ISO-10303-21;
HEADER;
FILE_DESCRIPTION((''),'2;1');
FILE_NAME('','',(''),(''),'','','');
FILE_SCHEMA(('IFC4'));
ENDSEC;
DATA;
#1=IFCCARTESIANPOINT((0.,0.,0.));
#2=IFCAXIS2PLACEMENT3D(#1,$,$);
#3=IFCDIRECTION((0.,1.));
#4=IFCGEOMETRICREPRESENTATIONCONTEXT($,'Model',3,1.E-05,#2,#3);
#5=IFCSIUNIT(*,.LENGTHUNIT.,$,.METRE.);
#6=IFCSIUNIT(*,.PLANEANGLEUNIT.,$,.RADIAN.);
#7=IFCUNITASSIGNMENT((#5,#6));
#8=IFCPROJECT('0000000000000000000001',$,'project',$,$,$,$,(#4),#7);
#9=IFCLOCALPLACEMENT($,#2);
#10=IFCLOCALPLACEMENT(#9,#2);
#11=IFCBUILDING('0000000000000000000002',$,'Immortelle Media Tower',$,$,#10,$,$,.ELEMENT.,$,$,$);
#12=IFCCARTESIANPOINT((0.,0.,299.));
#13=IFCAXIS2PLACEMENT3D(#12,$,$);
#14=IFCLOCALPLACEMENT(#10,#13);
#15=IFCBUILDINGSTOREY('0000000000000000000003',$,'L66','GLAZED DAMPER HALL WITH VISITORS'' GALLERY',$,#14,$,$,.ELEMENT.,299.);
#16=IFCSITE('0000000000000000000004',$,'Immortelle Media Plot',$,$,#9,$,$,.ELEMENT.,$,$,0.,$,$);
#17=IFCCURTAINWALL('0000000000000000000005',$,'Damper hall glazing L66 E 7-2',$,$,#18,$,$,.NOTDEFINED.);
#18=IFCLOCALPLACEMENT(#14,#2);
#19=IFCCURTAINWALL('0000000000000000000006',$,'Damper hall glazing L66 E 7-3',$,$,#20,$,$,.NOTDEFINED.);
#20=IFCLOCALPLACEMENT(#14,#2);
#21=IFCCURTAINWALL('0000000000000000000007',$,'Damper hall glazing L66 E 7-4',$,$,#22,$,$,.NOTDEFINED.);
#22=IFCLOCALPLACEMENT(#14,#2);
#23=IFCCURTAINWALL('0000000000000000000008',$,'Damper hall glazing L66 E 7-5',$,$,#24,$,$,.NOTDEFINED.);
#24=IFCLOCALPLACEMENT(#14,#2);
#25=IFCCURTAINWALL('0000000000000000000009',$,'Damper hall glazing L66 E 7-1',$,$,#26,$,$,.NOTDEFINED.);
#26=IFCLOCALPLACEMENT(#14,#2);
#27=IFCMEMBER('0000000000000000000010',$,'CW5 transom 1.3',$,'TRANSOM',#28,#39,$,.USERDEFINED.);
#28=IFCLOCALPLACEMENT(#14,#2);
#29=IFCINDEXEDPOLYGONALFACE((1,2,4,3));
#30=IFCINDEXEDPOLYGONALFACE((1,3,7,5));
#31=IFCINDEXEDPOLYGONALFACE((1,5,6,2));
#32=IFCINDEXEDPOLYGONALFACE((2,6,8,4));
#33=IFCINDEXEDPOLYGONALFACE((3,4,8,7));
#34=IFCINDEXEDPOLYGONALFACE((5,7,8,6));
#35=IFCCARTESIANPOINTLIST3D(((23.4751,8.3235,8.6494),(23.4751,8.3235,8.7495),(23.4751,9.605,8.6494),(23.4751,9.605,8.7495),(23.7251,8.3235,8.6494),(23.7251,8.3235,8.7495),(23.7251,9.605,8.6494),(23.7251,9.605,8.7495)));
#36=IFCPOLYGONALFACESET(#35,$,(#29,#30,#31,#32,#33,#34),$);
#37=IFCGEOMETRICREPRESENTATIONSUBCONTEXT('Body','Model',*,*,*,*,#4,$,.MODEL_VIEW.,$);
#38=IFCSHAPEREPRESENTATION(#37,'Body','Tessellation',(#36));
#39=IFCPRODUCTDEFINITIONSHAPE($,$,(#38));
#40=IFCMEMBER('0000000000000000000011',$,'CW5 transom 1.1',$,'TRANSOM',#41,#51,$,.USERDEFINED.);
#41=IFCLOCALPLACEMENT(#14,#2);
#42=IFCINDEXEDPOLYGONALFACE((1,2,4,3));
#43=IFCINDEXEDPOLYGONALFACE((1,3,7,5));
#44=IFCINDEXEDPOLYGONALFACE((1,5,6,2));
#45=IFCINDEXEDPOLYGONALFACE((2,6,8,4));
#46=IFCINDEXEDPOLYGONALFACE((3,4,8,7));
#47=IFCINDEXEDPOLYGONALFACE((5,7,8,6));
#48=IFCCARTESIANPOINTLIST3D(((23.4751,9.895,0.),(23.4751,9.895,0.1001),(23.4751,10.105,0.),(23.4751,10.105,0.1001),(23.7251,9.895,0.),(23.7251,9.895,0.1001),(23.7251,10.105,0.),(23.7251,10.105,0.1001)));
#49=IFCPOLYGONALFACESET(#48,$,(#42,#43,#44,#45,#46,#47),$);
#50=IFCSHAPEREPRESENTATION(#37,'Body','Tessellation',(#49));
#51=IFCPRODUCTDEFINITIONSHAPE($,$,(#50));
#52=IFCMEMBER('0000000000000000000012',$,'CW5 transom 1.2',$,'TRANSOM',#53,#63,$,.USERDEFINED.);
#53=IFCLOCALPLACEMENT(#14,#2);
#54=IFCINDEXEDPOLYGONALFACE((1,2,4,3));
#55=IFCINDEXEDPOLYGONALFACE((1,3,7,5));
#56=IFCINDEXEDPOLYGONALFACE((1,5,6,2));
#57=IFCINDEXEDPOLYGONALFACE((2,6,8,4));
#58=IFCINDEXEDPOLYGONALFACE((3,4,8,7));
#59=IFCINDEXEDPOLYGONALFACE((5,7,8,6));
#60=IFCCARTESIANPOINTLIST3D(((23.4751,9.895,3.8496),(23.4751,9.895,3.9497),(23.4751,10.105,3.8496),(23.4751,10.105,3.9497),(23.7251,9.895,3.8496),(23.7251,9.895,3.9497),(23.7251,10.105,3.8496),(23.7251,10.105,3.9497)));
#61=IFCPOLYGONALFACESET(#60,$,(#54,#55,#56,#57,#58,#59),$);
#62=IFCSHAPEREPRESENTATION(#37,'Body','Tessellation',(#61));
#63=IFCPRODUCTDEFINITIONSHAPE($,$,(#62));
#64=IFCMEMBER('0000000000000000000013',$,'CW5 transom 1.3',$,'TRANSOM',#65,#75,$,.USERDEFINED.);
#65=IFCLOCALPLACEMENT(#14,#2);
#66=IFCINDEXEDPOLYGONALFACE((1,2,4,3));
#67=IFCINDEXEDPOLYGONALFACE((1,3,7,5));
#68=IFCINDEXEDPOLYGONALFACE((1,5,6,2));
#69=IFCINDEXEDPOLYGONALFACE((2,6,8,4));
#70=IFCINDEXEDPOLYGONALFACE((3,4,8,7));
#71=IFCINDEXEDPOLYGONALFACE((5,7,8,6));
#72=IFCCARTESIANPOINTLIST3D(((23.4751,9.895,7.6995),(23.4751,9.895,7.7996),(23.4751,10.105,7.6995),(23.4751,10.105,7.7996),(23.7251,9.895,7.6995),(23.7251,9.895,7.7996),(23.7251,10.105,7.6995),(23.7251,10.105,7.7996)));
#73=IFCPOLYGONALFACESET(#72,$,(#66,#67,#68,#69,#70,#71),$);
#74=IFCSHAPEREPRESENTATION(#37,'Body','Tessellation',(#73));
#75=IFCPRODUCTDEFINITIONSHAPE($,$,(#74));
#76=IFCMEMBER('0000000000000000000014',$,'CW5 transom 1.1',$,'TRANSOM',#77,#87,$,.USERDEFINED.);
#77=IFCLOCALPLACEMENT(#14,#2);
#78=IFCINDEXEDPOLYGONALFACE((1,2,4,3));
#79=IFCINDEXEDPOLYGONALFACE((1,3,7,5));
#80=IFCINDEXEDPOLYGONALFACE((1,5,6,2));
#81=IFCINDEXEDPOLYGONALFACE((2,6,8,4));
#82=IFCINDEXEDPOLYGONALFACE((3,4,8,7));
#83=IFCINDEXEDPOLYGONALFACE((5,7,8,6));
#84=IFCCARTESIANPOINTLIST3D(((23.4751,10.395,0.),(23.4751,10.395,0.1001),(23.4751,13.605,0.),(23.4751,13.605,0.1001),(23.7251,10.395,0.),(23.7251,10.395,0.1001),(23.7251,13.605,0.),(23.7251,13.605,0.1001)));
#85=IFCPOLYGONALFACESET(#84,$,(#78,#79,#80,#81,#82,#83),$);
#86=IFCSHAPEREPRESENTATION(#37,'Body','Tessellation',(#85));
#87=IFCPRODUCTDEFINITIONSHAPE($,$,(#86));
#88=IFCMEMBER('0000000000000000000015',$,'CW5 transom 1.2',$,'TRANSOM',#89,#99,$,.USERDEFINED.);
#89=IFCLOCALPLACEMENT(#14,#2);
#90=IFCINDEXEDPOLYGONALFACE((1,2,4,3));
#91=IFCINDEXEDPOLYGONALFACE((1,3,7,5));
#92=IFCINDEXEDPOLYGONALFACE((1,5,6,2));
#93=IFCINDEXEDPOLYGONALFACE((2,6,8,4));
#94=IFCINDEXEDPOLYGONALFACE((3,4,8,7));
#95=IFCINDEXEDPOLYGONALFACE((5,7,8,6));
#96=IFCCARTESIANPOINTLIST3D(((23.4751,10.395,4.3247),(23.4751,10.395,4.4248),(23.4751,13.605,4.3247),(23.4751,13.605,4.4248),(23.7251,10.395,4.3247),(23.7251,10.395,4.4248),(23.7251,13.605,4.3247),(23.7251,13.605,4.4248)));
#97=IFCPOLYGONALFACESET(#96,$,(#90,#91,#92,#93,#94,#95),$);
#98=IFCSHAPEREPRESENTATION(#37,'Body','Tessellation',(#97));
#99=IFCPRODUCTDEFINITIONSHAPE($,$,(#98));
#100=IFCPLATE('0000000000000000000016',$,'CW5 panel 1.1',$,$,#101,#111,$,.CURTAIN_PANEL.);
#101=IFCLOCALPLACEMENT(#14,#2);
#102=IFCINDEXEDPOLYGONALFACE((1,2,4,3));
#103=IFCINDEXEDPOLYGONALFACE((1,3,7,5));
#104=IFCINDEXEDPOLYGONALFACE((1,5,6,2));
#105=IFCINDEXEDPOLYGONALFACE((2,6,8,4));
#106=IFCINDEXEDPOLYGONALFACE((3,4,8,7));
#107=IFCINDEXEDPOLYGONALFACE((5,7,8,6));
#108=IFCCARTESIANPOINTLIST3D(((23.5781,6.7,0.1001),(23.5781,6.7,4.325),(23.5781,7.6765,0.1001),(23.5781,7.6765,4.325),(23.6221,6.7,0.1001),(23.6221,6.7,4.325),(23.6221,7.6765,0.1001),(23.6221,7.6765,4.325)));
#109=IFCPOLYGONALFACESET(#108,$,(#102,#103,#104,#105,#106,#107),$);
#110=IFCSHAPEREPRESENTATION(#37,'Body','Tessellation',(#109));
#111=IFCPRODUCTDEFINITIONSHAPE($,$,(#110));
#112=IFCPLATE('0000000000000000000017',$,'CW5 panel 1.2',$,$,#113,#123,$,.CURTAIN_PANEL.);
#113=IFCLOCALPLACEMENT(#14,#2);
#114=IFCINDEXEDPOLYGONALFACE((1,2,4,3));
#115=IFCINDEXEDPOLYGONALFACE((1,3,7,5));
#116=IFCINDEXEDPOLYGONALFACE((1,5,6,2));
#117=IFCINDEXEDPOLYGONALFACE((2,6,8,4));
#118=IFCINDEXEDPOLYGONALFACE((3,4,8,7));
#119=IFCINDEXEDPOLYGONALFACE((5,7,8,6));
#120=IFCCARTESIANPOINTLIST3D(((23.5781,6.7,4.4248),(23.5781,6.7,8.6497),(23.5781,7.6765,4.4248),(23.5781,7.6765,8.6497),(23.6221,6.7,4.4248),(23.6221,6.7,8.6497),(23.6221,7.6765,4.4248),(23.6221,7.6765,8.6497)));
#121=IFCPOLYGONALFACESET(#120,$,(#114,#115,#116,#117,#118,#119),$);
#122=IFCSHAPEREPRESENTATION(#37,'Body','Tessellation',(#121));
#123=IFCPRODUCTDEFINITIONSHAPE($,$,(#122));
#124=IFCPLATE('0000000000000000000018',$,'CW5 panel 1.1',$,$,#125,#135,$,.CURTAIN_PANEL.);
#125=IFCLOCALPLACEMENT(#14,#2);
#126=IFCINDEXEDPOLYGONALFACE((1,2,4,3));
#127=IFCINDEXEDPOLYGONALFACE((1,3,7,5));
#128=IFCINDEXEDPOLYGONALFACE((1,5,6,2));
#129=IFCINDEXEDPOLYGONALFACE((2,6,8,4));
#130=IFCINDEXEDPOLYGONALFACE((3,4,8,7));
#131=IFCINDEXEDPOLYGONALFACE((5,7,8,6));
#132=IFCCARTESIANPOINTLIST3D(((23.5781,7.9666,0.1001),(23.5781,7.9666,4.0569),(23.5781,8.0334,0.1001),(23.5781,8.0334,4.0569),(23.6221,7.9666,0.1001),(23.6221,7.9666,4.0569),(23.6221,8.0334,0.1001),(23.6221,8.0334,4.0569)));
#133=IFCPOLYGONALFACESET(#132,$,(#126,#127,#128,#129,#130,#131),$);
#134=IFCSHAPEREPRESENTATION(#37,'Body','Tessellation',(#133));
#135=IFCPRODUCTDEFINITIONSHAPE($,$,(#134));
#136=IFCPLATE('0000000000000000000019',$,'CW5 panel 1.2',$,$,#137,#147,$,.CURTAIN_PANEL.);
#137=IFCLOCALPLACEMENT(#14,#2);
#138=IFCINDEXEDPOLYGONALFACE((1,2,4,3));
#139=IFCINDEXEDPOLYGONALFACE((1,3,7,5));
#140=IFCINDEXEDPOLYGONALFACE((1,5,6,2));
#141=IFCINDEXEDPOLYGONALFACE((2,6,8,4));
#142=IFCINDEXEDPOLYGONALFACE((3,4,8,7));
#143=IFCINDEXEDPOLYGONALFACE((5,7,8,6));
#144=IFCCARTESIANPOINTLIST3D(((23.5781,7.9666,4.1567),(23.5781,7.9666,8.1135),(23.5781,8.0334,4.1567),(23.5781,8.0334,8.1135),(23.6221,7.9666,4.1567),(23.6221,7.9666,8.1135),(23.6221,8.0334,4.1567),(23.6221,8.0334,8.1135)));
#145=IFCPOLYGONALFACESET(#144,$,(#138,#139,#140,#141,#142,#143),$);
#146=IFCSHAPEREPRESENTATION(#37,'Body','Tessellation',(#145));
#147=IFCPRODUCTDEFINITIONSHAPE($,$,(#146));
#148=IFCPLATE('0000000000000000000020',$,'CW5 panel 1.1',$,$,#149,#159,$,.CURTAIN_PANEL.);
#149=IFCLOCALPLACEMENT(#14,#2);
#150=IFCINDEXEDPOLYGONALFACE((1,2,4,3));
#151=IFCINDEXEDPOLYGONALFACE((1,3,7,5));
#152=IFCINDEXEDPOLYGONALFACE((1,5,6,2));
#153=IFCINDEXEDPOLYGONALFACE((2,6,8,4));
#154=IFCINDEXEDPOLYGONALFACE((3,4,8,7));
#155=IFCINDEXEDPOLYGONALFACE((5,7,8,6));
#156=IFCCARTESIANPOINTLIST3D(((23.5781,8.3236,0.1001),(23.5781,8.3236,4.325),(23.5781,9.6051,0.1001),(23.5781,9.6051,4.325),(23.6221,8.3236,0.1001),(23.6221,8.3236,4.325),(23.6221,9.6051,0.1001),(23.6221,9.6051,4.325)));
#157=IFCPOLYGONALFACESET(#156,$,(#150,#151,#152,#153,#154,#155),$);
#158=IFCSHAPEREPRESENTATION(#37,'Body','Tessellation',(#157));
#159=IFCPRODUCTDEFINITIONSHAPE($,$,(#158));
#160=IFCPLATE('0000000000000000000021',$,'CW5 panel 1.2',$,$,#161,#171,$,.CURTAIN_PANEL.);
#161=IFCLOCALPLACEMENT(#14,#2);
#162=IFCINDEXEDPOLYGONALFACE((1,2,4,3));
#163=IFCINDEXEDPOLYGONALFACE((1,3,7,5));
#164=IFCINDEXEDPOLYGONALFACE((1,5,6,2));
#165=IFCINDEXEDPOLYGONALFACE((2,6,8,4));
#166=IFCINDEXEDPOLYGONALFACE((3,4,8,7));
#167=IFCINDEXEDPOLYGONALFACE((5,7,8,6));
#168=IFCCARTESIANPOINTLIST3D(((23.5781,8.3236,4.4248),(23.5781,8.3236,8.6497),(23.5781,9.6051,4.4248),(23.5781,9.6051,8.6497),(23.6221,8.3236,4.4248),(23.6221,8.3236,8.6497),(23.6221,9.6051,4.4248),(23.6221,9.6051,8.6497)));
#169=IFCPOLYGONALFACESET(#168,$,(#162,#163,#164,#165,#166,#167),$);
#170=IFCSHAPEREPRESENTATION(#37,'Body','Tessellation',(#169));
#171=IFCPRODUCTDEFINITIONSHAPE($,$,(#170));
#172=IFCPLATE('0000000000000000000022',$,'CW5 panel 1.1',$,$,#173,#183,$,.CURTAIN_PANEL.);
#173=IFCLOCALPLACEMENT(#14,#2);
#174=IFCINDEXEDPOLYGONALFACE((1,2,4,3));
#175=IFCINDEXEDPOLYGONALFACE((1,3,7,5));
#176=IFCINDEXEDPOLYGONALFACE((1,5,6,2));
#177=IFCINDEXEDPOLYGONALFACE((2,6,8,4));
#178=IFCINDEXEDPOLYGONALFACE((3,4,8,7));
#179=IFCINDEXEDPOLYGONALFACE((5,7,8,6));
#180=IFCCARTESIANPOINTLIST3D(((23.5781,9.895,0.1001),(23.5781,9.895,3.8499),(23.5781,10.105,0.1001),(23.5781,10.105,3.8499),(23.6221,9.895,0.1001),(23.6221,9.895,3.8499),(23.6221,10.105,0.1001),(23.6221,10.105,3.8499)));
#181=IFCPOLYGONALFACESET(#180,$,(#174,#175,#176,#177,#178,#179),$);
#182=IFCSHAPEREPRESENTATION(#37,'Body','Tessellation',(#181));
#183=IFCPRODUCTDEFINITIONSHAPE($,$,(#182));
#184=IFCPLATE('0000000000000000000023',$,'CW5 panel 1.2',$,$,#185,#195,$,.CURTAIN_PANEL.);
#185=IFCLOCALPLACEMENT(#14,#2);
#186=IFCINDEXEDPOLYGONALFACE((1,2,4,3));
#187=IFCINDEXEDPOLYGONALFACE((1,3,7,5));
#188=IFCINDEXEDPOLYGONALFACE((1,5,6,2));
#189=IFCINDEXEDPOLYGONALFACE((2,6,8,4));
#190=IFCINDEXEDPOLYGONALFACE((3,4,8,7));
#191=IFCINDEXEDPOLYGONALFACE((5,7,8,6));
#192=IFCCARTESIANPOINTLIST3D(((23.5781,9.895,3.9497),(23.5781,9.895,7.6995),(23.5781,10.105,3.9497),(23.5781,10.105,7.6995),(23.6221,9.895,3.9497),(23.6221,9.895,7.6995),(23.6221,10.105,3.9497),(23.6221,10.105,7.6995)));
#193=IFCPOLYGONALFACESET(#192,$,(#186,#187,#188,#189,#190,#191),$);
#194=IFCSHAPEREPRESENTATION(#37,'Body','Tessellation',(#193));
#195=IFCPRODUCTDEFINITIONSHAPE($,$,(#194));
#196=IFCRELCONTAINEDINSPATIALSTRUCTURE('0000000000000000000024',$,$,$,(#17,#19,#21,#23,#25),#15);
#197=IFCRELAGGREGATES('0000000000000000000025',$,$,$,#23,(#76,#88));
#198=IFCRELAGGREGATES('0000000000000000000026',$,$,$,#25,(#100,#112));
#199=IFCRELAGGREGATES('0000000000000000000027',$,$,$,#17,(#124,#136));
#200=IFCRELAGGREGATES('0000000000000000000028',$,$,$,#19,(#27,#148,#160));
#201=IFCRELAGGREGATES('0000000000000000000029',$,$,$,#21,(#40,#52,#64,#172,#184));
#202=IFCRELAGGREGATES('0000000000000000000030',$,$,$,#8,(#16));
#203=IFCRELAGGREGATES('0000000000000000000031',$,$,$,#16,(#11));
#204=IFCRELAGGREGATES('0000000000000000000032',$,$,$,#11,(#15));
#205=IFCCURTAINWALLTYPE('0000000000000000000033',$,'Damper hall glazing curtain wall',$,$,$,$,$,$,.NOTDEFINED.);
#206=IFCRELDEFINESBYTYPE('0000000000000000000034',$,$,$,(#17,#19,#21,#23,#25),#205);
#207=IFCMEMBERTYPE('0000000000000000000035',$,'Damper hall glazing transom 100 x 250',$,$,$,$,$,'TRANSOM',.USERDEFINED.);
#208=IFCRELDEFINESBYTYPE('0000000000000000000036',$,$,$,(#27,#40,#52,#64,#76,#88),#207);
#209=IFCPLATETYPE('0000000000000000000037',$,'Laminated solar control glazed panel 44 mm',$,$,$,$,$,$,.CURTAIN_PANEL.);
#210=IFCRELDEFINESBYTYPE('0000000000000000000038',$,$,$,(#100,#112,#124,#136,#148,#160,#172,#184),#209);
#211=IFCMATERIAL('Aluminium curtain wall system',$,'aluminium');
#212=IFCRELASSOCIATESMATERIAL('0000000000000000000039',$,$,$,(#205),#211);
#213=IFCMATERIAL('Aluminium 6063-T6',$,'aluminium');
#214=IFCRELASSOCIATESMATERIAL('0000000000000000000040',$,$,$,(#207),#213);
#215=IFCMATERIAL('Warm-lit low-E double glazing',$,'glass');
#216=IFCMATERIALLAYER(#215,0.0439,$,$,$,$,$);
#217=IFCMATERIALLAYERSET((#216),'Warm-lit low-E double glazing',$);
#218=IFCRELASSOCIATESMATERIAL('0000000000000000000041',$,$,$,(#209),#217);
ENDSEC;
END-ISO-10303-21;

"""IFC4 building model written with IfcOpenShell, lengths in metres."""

from ifc_helpers import new_model, si_unit, direction, frame, origin, origin_2d, place, context, subcontext, project, spatial, rectangle, extrude, material, layer, layer_set, material_profile, profile_set, type_object, element, aggregate, save


model = new_model("IFC4")

# Units and contexts
model_context = context("Model", 3, precision=1e-05, world=origin(), true_north=direction((0.0, 1.0)))
body_context = subcontext(model_context, "Body", "Model", "MODEL_VIEW")
ifc_project = project(units=[si_unit("LENGTHUNIT", "METRE"), si_unit("PLANEANGLEUNIT", "RADIAN")], contexts=[model_context])

# Site, building, storey
site_placement = place(None, origin())
site = spatial("IfcSite", under=ifc_project, at=site_placement, Name="Immortelle Media Plot", CompositionType="ELEMENT", RefElevation=0.0)
building_placement = place(site_placement, origin())
building = spatial("IfcBuilding", under=site, at=building_placement, Name="Immortelle Media Tower", CompositionType="ELEMENT")
storey_placement = place(building_placement, frame((0.0, 0.0, 299.0)))
storey = spatial("IfcBuildingStorey", under=building, at=storey_placement, Name="L66", Description="GLAZED DAMPER HALL WITH VISITORS' GALLERY", CompositionType="ELEMENT", Elevation=299.0)

# Curtain walls
ifc_material_1 = material(Name="Aluminium curtain wall system", Category="aluminium")
curtain_wall_type = type_object("IfcCurtainWallType", Name="Damper hall glazing curtain wall", PredefinedType="NOTDEFINED", material=ifc_material_1)
curtain_wall_1_placement = place(storey_placement, origin())
curtain_wall_1 = element("IfcCurtainWall", 1, at=curtain_wall_1_placement, inside=storey, type_object=curtain_wall_type, Name="Damper hall glazing L66 E 7-2", PredefinedType="NOTDEFINED")
ifc_material_2 = material(Name="Aluminium 6063-T6", Category="aluminium")
curtain_wall_2_placement = place(storey_placement, origin())
curtain_wall_2 = element("IfcCurtainWall", 2, at=curtain_wall_2_placement, inside=storey, type_object=curtain_wall_type, Name="Damper hall glazing L66 E 7-3", PredefinedType="NOTDEFINED")
curtain_wall_3_placement = place(storey_placement, origin())
curtain_wall_3 = element("IfcCurtainWall", 3, at=curtain_wall_3_placement, inside=storey, type_object=curtain_wall_type, Name="Damper hall glazing L66 E 7-4", PredefinedType="NOTDEFINED")
curtain_wall_4_placement = place(storey_placement, origin())
curtain_wall_4 = element("IfcCurtainWall", 4, at=curtain_wall_4_placement, inside=storey, type_object=curtain_wall_type, Name="Damper hall glazing L66 E 7-5", PredefinedType="NOTDEFINED")
curtain_wall_5_placement = place(storey_placement, origin())
curtain_wall_5 = element("IfcCurtainWall", 5, at=curtain_wall_5_placement, inside=storey, type_object=curtain_wall_type, Name="Damper hall glazing L66 E 7-1", PredefinedType="NOTDEFINED")
ifc_material_profile_1 = material_profile(ifc_material_2, rectangle(XDim=0.25, YDim=0.1001, at=origin_2d()), Name="AL 100x250")
ifc_profile_set_1 = profile_set([ifc_material_profile_1], Name="Aluminium 6063-T6")
member_type_1 = type_object("IfcMemberType", Name="Damper hall glazing transom 100 x 250", ElementType="TRANSOM", PredefinedType="USERDEFINED", material=ifc_profile_set_1)

# Members
member_1_placement = place(storey_placement, frame((23.6001, 8.3235, 8.6995), z_axis=(0.0, 1.0, 0.0), x_axis=(-1.0, 0.0, 0.0)))
member_1 = element("IfcMember", 6, at=member_1_placement, type_object=member_type_1, Name="CW5 transom 1.3", ObjectType="TRANSOM", PredefinedType="USERDEFINED", context=body_context, shape_type="SweptSolid", body=[
    extrude(rectangle(XDim=0.25, YDim=0.1001, at=origin_2d()), origin(), (0.0, 0.0, 1.0), 1.2815),
])
member_2_placement = place(storey_placement, frame((23.6001, 9.895, 0.05), z_axis=(0.0, 1.0, 0.0), x_axis=(-1.0, 0.0, 0.0)))
member_2 = element("IfcMember", 7, at=member_2_placement, type_object=member_type_1, Name="CW5 transom 1.1", ObjectType="TRANSOM", PredefinedType="USERDEFINED", context=body_context, shape_type="SweptSolid", body=[
    extrude(rectangle(XDim=0.25, YDim=0.1001, at=origin_2d()), origin(), (0.0, 0.0, 1.0), 0.21),
])
member_3_placement = place(storey_placement, frame((23.6001, 9.895, 3.8997), z_axis=(0.0, 1.0, 0.0), x_axis=(-1.0, 0.0, 0.0)))
member_3 = element("IfcMember", 8, at=member_3_placement, type_object=member_type_1, Name="CW5 transom 1.2", ObjectType="TRANSOM", PredefinedType="USERDEFINED", context=body_context, shape_type="SweptSolid", body=[
    extrude(rectangle(XDim=0.25, YDim=0.1001, at=origin_2d()), origin(), (0.0, 0.0, 1.0), 0.21),
])
member_4_placement = place(storey_placement, frame((23.6001, 9.895, 7.7495), z_axis=(0.0, 1.0, 0.0), x_axis=(-1.0, 0.0, 0.0)))
member_4 = element("IfcMember", 9, at=member_4_placement, type_object=member_type_1, Name="CW5 transom 1.3", ObjectType="TRANSOM", PredefinedType="USERDEFINED", context=body_context, shape_type="SweptSolid", body=[
    extrude(rectangle(XDim=0.25, YDim=0.1001, at=origin_2d()), origin(), (0.0, 0.0, 1.0), 0.21),
])
member_5_placement = place(storey_placement, frame((23.6001, 10.395, 0.05), z_axis=(0.0, 1.0, 0.0), x_axis=(-1.0, 0.0, 0.0)))
member_5 = element("IfcMember", 10, at=member_5_placement, type_object=member_type_1, Name="CW5 transom 1.1", ObjectType="TRANSOM", PredefinedType="USERDEFINED", context=body_context, shape_type="SweptSolid", body=[
    extrude(rectangle(XDim=0.25, YDim=0.1001, at=origin_2d()), origin(), (0.0, 0.0, 1.0), 3.21),
])
member_6_placement = place(storey_placement, frame((23.6001, 10.395, 4.3748), z_axis=(0.0, 1.0, 0.0), x_axis=(-1.0, 0.0, 0.0)))
member_6 = element("IfcMember", 11, at=member_6_placement, type_object=member_type_1, Name="CW5 transom 1.2", ObjectType="TRANSOM", PredefinedType="USERDEFINED", context=body_context, shape_type="SweptSolid", body=[
    extrude(rectangle(XDim=0.25, YDim=0.1001, at=origin_2d()), origin(), (0.0, 0.0, 1.0), 3.21),
])
aggregate(curtain_wall_4, [member_5, member_6])

# Plates
ifc_material_3 = material(Name="Warm-lit low-E double glazing", Category="glass")
ifc_layer = layer(ifc_material_3, 0.0439)
ifc_layer_set = layer_set([ifc_layer], Name="Warm-lit low-E double glazing")
plate_type = type_object("IfcPlateType", Name="Laminated solar control glazed panel 44 mm", PredefinedType="CURTAIN_PANEL", material=ifc_layer_set)
plate_1_placement = place(storey_placement, frame((23.6001, 7.1882, 0.1001), z_axis=(0.0, 0.0, 1.0), x_axis=(0.0, 1.0, 0.0)))
plate_1 = element("IfcPlate", 12, at=plate_1_placement, type_object=plate_type, Name="CW5 panel 1.1", PredefinedType="CURTAIN_PANEL", context=body_context, shape_type="SweptSolid", body=[
    extrude(rectangle(XDim=0.9766, YDim=0.0439, at=origin_2d()), origin(), (0.0, 0.0, 1.0), 4.2249),
])
plate_2_placement = place(storey_placement, frame((23.6001, 7.1882, 4.4248), z_axis=(0.0, 0.0, 1.0), x_axis=(0.0, 1.0, 0.0)))
plate_2 = element("IfcPlate", 13, at=plate_2_placement, type_object=plate_type, Name="CW5 panel 1.2", PredefinedType="CURTAIN_PANEL", context=body_context, shape_type="SweptSolid", body=[
    extrude(rectangle(XDim=0.9766, YDim=0.0439, at=origin_2d()), origin(), (0.0, 0.0, 1.0), 4.2249),
])
aggregate(curtain_wall_5, [plate_1, plate_2])
plate_3_placement = place(storey_placement, frame((23.6001, 8.0, 0.1001), z_axis=(0.0, 0.0, 1.0), x_axis=(0.0, 1.0, 0.0)))
plate_3 = element("IfcPlate", 14, at=plate_3_placement, type_object=plate_type, Name="CW5 panel 1.1", PredefinedType="CURTAIN_PANEL", context=body_context, shape_type="SweptSolid", body=[
    extrude(rectangle(XDim=0.0669, YDim=0.0439, at=origin_2d()), origin(), (0.0, 0.0, 1.0), 3.9568),
])
plate_4_placement = place(storey_placement, frame((23.6001, 8.0, 4.1567), z_axis=(0.0, 0.0, 1.0), x_axis=(0.0, 1.0, 0.0)))
plate_4 = element("IfcPlate", 15, at=plate_4_placement, type_object=plate_type, Name="CW5 panel 1.2", PredefinedType="CURTAIN_PANEL", context=body_context, shape_type="SweptSolid", body=[
    extrude(rectangle(XDim=0.0669, YDim=0.0439, at=origin_2d()), origin(), (0.0, 0.0, 1.0), 3.9568),
])
aggregate(curtain_wall_1, [plate_3, plate_4])
plate_5_placement = place(storey_placement, frame((23.6001, 8.9644, 0.1001), z_axis=(0.0, 0.0, 1.0), x_axis=(0.0, 1.0, 0.0)))
plate_5 = element("IfcPlate", 16, at=plate_5_placement, type_object=plate_type, Name="CW5 panel 1.1", PredefinedType="CURTAIN_PANEL", context=body_context, shape_type="SweptSolid", body=[
    extrude(rectangle(XDim=1.2815, YDim=0.0439, at=origin_2d()), origin(), (0.0, 0.0, 1.0), 4.2249),
])
plate_6_placement = place(storey_placement, frame((23.6001, 8.9644, 4.4248), z_axis=(0.0, 0.0, 1.0), x_axis=(0.0, 1.0, 0.0)))
plate_6 = element("IfcPlate", 17, at=plate_6_placement, type_object=plate_type, Name="CW5 panel 1.2", PredefinedType="CURTAIN_PANEL", context=body_context, shape_type="SweptSolid", body=[
    extrude(rectangle(XDim=1.2815, YDim=0.0439, at=origin_2d()), origin(), (0.0, 0.0, 1.0), 4.2249),
])
aggregate(curtain_wall_2, [member_1, plate_5, plate_6])
plate_7_placement = place(storey_placement, frame((23.6001, 10.0, 0.1001), z_axis=(0.0, 0.0, 1.0), x_axis=(0.0, 1.0, 0.0)))
plate_7 = element("IfcPlate", 18, at=plate_7_placement, type_object=plate_type, Name="CW5 panel 1.1", PredefinedType="CURTAIN_PANEL", context=body_context, shape_type="SweptSolid", body=[
    extrude(rectangle(XDim=0.21, YDim=0.0439, at=origin_2d()), origin(), (0.0, 0.0, 1.0), 3.7498),
])
plate_8_placement = place(storey_placement, frame((23.6001, 10.0, 3.9497), z_axis=(0.0, 0.0, 1.0), x_axis=(0.0, 1.0, 0.0)))
plate_8 = element("IfcPlate", 19, at=plate_8_placement, type_object=plate_type, Name="CW5 panel 1.2", PredefinedType="CURTAIN_PANEL", context=body_context, shape_type="SweptSolid", body=[
    extrude(rectangle(XDim=0.21, YDim=0.0439, at=origin_2d()), origin(), (0.0, 0.0, 1.0), 3.7498),
])
aggregate(curtain_wall_3, [member_2, member_3, member_4, plate_7, plate_8])

save(model, "model.ifc")
